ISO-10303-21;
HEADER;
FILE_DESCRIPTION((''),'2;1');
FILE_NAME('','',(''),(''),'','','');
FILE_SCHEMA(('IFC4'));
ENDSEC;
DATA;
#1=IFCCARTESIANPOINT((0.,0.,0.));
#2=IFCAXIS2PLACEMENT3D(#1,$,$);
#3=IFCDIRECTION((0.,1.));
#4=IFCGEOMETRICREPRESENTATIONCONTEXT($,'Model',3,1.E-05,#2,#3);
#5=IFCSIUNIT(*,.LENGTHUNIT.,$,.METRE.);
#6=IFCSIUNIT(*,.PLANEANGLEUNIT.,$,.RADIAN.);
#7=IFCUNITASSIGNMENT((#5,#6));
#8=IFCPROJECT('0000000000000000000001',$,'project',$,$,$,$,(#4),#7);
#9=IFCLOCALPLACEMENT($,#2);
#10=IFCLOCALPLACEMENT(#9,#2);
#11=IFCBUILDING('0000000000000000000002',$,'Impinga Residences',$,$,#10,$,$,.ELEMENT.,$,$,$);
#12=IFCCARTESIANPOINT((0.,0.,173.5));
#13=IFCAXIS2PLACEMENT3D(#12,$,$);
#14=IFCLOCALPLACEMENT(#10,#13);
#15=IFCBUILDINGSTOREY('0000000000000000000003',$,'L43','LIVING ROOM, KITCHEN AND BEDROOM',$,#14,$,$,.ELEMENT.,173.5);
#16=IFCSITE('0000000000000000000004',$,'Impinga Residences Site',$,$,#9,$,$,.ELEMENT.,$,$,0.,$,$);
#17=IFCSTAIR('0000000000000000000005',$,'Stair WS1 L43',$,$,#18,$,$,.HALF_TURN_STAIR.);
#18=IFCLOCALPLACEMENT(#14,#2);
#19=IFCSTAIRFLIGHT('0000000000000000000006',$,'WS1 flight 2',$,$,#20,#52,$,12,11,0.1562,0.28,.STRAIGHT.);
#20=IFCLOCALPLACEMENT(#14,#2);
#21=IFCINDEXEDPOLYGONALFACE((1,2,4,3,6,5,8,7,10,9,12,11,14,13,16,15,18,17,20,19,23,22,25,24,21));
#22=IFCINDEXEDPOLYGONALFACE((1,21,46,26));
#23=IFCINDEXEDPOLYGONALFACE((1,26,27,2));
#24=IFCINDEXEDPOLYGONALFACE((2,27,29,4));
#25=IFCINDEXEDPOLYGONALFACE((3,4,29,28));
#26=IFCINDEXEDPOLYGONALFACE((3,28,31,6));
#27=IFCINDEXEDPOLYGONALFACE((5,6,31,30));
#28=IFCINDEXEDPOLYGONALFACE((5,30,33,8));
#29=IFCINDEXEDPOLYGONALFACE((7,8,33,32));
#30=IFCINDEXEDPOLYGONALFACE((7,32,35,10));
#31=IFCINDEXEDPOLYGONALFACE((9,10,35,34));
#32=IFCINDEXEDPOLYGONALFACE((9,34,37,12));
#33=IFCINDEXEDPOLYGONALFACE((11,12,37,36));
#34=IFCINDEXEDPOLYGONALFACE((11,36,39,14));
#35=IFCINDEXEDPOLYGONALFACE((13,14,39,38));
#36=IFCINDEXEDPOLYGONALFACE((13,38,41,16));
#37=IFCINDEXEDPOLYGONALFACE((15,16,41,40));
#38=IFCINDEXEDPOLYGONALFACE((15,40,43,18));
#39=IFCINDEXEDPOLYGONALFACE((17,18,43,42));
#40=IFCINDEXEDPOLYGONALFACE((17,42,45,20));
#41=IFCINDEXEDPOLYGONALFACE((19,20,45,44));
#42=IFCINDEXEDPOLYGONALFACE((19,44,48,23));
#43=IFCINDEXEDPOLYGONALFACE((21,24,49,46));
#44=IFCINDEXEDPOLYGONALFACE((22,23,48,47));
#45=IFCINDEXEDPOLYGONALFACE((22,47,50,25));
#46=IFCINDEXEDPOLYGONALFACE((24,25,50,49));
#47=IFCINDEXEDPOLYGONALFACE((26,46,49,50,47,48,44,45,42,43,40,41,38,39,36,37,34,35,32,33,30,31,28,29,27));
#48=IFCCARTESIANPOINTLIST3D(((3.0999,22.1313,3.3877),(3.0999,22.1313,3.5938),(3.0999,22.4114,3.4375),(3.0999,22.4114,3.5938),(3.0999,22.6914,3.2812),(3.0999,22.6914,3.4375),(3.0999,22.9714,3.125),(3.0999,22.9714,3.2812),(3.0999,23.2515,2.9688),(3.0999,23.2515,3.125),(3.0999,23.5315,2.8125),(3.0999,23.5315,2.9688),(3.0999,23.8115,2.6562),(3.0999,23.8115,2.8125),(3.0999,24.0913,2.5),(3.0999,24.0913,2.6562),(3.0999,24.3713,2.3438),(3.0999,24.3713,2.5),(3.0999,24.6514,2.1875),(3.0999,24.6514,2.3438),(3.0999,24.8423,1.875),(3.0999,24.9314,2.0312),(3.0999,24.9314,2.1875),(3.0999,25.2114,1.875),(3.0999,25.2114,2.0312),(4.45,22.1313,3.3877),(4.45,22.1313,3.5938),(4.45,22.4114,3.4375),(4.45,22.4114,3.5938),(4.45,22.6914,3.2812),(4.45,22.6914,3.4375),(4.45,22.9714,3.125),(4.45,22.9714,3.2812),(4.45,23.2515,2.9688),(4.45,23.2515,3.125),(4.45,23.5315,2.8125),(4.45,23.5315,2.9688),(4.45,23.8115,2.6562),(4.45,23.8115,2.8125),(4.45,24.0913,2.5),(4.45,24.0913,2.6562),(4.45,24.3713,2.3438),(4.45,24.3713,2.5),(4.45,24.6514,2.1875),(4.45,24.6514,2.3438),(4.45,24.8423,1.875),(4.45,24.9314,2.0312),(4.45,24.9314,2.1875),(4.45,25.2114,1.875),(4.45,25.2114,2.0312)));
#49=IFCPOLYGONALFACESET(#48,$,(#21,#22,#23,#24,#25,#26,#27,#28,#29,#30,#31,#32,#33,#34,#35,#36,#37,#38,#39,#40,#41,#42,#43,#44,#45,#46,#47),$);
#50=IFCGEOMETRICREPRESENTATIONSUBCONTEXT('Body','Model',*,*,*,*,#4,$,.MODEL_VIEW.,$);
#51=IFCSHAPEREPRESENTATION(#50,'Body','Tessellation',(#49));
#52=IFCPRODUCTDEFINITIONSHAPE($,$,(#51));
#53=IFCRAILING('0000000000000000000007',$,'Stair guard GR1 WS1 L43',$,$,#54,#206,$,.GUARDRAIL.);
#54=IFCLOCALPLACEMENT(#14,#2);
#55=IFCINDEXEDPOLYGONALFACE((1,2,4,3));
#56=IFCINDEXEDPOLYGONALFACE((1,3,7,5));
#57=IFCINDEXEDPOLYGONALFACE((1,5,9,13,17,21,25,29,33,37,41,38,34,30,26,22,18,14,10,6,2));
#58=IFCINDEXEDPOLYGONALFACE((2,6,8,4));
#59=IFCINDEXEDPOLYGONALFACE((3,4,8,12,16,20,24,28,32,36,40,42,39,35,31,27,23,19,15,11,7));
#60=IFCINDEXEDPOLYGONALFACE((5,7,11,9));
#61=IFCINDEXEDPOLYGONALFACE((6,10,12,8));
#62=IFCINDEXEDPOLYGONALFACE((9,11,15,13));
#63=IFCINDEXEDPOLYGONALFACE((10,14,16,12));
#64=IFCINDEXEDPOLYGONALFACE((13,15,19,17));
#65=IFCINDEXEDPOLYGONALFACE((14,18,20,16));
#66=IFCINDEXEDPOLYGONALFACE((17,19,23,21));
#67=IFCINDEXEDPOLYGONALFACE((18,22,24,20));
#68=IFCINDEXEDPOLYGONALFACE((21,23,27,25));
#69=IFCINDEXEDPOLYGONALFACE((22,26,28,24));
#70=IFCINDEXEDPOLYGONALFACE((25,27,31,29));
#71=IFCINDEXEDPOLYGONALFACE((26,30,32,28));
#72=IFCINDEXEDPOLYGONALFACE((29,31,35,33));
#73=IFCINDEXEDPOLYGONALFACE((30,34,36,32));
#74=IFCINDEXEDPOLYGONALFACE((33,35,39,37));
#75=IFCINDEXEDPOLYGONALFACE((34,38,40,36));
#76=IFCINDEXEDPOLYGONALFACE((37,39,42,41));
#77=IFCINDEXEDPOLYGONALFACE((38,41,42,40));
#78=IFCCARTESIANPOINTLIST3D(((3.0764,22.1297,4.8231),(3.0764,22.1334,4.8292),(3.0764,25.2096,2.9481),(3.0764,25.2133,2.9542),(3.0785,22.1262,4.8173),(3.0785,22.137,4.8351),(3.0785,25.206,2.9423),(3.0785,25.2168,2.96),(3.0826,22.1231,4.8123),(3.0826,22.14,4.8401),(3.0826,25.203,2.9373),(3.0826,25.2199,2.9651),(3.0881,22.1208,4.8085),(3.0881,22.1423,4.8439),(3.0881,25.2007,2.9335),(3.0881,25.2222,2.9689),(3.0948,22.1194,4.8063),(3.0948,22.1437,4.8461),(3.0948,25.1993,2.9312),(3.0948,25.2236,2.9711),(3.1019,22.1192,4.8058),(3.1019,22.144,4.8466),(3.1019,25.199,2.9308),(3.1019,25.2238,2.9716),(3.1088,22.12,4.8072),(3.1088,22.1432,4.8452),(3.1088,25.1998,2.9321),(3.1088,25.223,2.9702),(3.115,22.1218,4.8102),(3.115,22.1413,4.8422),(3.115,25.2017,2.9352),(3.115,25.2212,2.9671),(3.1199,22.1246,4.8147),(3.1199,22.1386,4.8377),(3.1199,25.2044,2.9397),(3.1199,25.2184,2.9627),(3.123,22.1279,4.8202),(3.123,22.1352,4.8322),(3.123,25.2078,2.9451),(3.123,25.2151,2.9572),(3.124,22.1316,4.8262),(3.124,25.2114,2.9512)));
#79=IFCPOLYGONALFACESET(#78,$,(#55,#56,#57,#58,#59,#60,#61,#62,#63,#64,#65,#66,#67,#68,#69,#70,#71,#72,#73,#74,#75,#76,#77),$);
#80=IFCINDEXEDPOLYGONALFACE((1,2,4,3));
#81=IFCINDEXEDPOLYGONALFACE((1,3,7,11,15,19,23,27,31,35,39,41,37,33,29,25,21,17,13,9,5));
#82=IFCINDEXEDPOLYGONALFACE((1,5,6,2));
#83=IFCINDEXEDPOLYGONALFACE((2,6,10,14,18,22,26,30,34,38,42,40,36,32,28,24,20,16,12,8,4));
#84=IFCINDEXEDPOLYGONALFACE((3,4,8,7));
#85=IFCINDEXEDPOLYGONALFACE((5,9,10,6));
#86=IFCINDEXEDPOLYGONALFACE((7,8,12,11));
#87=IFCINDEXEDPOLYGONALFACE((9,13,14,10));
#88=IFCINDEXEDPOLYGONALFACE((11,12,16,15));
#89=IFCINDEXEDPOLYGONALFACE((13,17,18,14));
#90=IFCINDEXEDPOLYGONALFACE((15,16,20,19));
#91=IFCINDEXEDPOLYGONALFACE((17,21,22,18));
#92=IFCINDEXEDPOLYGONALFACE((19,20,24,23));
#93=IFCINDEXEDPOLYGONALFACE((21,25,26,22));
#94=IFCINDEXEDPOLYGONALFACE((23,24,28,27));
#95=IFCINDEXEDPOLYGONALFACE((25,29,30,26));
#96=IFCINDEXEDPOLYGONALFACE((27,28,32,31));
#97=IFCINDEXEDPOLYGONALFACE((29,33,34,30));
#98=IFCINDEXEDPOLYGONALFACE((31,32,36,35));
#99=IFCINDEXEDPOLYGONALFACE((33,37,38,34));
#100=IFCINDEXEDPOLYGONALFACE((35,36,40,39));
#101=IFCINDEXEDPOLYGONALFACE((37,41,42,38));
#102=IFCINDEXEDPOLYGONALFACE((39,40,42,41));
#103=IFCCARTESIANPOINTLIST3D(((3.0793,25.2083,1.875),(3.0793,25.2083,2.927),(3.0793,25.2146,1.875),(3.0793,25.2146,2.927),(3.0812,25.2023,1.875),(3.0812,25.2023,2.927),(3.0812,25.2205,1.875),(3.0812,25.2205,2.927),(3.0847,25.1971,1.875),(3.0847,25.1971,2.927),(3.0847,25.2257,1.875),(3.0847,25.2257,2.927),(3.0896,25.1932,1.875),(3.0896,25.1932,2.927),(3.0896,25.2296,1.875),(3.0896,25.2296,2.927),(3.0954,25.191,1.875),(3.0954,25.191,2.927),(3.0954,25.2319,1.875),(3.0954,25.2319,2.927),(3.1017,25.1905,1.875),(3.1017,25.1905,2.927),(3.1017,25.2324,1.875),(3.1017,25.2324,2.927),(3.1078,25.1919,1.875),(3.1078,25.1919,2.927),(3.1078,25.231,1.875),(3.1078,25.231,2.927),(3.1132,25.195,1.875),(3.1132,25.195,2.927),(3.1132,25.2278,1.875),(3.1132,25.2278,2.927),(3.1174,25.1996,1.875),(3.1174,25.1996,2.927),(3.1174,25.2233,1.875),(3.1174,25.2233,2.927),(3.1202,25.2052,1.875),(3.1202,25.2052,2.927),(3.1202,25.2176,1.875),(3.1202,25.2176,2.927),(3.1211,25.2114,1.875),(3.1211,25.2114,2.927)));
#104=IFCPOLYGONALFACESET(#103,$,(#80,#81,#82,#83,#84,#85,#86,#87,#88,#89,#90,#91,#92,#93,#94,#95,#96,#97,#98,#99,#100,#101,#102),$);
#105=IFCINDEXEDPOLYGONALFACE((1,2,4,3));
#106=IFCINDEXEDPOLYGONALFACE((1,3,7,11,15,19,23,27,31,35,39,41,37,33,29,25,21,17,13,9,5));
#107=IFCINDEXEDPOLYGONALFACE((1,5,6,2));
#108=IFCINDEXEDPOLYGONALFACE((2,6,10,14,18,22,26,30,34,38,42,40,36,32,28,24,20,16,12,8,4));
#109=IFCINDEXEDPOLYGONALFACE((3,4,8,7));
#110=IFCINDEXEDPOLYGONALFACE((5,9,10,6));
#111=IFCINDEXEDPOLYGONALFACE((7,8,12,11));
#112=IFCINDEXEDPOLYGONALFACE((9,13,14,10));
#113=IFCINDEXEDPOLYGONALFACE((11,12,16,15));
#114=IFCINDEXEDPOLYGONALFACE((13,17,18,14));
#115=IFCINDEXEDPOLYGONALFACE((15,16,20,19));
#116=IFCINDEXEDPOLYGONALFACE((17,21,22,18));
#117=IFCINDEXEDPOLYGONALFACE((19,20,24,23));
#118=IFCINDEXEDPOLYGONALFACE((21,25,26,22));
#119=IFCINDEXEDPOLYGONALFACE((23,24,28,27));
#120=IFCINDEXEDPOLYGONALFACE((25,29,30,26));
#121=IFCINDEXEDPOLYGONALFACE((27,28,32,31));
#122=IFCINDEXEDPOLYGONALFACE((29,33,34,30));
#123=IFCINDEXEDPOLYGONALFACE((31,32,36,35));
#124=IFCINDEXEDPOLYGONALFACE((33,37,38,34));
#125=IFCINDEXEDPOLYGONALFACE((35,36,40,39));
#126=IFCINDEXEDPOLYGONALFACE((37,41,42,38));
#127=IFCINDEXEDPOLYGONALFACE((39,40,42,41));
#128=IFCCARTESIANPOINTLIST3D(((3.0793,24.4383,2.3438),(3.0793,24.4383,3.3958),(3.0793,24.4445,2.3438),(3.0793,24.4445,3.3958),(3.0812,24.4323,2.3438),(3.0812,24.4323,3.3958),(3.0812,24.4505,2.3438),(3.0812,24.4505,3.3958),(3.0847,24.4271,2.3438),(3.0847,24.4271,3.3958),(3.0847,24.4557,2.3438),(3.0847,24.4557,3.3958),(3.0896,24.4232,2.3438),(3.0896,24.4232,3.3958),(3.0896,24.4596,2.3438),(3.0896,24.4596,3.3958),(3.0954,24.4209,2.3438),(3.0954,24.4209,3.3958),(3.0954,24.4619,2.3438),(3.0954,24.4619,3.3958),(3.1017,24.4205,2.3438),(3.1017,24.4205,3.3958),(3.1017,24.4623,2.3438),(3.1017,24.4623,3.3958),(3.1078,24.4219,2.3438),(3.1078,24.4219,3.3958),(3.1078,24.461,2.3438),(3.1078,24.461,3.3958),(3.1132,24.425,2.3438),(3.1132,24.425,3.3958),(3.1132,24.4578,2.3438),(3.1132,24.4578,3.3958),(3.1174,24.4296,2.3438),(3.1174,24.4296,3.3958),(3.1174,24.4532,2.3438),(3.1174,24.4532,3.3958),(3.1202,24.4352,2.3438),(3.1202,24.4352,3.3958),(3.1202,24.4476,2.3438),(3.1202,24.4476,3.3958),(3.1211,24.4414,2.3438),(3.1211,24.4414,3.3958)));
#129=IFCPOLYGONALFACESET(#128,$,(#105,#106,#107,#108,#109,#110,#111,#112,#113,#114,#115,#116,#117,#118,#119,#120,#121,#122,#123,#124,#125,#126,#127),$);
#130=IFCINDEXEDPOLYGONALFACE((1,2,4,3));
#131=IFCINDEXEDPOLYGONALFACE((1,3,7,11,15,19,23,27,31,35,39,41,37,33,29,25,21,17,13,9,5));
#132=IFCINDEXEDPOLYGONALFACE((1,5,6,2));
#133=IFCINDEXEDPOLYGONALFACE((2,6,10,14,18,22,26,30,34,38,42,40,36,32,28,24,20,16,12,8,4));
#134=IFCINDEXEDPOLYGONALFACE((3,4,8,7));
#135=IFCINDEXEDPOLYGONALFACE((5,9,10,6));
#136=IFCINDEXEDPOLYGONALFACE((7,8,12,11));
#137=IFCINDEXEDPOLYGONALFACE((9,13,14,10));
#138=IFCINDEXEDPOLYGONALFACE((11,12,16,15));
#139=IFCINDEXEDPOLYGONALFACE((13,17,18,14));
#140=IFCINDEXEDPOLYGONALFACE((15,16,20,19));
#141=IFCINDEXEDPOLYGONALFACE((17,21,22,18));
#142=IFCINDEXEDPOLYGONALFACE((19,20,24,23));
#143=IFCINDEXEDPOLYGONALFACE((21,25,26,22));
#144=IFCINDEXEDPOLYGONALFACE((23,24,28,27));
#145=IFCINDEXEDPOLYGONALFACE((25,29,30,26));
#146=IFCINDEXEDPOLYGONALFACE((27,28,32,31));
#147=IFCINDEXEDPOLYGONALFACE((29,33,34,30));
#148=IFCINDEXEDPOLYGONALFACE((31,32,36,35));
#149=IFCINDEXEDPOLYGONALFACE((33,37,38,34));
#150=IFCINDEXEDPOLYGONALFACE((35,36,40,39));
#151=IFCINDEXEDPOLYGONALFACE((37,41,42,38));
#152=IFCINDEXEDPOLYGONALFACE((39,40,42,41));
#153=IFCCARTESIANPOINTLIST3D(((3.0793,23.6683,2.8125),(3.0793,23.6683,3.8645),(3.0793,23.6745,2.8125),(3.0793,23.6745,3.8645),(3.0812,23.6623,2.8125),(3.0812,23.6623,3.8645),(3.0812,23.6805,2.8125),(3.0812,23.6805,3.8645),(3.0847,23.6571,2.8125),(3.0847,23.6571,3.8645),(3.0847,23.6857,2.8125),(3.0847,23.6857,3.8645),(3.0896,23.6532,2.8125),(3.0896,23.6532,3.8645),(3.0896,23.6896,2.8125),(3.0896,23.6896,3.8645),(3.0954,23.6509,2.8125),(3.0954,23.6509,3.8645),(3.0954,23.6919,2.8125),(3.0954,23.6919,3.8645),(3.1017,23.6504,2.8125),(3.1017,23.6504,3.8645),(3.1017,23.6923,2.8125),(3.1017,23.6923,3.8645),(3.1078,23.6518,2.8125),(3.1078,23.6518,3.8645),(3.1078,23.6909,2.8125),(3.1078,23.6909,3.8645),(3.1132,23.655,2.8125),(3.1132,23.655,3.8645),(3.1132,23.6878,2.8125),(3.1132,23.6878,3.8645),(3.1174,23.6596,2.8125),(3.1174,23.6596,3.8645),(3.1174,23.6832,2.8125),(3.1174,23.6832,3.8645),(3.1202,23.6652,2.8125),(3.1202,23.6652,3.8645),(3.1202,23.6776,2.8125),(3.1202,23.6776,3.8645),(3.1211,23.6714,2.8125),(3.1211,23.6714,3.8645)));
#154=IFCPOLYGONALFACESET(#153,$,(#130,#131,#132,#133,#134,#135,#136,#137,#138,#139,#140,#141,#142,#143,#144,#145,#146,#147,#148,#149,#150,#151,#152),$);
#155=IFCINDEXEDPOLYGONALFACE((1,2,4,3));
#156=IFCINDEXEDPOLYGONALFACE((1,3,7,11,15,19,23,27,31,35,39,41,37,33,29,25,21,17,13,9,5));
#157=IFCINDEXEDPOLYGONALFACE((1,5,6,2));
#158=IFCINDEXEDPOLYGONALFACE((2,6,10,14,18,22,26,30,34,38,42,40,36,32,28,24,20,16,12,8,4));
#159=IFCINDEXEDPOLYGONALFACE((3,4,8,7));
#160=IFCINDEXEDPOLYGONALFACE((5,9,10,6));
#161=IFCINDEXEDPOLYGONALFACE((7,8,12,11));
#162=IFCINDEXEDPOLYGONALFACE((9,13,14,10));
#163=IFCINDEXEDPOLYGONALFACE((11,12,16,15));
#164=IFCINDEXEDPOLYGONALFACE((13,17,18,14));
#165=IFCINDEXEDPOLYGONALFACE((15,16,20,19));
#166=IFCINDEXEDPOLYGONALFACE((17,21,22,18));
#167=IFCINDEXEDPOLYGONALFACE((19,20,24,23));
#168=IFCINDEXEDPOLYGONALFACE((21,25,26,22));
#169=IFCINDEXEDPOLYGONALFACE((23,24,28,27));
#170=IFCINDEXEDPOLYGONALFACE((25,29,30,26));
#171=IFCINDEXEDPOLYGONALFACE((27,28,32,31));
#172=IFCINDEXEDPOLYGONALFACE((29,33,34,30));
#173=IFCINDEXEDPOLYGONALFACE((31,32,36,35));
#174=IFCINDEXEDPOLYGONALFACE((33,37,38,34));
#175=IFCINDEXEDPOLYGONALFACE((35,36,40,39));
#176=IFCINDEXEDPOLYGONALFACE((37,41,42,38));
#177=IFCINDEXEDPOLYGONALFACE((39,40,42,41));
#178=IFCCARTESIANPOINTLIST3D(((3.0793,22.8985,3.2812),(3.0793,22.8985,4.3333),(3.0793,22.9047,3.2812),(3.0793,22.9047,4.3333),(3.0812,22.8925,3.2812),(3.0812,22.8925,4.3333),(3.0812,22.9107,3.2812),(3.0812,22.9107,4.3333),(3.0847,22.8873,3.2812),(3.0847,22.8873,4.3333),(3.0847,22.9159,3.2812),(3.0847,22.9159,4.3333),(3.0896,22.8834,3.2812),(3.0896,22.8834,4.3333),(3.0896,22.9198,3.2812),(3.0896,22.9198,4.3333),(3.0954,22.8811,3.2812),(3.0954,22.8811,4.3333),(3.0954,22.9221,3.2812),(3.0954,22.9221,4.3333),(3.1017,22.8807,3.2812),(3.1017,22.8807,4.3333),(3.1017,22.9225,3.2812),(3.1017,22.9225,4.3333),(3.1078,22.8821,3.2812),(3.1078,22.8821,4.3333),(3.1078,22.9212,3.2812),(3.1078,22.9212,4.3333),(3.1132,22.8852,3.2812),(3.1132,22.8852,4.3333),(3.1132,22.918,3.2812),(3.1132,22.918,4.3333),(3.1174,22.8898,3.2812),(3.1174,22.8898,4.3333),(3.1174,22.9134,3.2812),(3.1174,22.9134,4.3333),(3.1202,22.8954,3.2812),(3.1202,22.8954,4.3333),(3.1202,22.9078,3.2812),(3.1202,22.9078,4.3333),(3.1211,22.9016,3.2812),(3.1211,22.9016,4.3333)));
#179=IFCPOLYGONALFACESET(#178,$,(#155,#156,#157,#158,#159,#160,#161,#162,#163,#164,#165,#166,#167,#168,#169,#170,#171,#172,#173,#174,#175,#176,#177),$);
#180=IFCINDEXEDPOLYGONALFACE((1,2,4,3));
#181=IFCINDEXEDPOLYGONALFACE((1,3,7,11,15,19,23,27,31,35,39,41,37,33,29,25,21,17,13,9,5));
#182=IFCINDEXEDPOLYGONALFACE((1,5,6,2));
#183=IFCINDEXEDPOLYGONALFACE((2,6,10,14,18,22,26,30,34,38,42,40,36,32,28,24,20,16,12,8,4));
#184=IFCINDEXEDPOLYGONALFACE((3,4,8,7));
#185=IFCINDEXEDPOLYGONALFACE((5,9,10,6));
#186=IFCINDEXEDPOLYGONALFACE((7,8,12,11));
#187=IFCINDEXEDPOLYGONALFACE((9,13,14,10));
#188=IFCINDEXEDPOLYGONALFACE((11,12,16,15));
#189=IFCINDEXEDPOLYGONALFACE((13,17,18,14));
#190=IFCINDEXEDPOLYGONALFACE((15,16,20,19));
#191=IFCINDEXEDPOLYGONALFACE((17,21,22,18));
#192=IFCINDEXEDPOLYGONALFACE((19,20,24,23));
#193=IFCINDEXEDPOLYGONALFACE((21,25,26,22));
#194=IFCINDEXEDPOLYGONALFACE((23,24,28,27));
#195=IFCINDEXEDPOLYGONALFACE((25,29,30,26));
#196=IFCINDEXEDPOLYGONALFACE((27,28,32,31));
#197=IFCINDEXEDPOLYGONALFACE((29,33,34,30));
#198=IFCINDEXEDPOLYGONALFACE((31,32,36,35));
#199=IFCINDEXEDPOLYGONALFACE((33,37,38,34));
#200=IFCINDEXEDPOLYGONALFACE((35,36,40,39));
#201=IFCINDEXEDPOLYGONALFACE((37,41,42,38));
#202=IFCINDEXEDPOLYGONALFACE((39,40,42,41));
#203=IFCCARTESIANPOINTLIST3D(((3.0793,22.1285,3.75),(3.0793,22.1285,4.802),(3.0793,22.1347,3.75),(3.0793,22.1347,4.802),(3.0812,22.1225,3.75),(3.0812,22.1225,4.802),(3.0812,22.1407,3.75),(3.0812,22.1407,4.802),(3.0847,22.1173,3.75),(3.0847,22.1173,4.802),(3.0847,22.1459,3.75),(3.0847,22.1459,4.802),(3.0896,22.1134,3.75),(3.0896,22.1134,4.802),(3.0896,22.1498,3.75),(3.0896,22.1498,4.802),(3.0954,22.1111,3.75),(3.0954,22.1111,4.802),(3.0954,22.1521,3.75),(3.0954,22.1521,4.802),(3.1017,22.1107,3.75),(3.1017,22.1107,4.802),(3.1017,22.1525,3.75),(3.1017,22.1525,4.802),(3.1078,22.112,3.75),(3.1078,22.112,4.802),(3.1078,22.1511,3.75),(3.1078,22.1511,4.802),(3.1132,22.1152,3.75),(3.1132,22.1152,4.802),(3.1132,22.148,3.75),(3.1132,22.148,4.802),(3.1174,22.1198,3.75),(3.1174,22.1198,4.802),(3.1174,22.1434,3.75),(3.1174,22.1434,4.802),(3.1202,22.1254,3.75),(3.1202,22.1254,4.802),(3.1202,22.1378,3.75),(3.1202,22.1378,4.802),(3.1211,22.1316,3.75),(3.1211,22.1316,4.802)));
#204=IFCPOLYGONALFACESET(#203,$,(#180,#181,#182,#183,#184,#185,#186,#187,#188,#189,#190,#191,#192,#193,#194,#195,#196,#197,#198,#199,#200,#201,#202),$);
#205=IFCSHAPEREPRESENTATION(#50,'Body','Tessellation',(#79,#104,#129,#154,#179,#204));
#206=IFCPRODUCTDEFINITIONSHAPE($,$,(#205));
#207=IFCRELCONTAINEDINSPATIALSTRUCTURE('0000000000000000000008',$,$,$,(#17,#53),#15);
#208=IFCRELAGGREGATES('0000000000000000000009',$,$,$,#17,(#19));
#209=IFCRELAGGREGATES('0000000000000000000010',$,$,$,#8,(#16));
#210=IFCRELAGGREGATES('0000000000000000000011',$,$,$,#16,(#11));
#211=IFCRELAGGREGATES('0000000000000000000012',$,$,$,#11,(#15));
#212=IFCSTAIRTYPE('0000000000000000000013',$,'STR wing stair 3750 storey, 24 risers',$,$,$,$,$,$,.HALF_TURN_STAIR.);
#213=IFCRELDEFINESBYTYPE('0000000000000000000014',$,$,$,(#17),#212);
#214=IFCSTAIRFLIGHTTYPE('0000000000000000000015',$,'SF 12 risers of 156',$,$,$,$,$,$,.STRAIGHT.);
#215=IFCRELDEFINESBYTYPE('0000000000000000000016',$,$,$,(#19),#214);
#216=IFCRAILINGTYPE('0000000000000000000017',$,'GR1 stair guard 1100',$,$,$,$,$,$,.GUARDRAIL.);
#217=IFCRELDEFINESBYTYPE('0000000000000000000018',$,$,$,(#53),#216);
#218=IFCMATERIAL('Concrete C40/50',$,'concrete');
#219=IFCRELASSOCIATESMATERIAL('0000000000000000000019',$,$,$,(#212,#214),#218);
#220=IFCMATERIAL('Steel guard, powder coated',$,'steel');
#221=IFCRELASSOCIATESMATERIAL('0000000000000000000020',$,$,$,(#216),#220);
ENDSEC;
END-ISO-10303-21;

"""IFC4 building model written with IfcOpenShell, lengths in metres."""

from ifc_helpers import new_model, si_unit, direction, frame, origin, origin_2d, place, context, subcontext, project, spatial, polyline, circle, outline, extrude, material, type_object, element, aggregate, save


model = new_model("IFC4")

# Units and contexts
model_context = context("Model", 3, precision=1e-05, world=origin(), true_north=direction((0.0, 1.0)))
body_context = subcontext(model_context, "Body", "Model", "MODEL_VIEW")
ifc_project = project(units=[si_unit("LENGTHUNIT", "METRE"), si_unit("PLANEANGLEUNIT", "RADIAN")], contexts=[model_context])

# Site, building, storey
site_placement = place(None, origin())
site = spatial("IfcSite", under=ifc_project, at=site_placement, Name="Impinga Residences Site", CompositionType="ELEMENT", RefElevation=0.0)
building_placement = place(site_placement, origin())
building = spatial("IfcBuilding", under=site, at=building_placement, Name="Impinga Residences", CompositionType="ELEMENT")
storey_placement = place(building_placement, frame((0.0, 0.0, 173.5)))
storey = spatial("IfcBuildingStorey", under=building, at=storey_placement, Name="L43", Description="LIVING ROOM, KITCHEN AND BEDROOM", CompositionType="ELEMENT", Elevation=173.5)

# Stair, stair flight
ifc_material_1 = material(Name="Concrete C40/50", Category="concrete")
stair_type = type_object("IfcStairType", Name="STR wing stair 3750 storey, 24 risers", PredefinedType="HALF_TURN_STAIR", material=ifc_material_1)
stair_placement = place(storey_placement, origin())
stair = element("IfcStair", 1, at=stair_placement, inside=storey, type_object=stair_type, Name="Stair WS1 L43", PredefinedType="HALF_TURN_STAIR")
stair_flight_type = type_object("IfcStairFlightType", Name="SF 12 risers of 156", PredefinedType="STRAIGHT", material=ifc_material_1)
stair_flight_1_placement = place(storey_placement, frame((3.7749, 25.2114, 1.875), z_axis=(0.0, 0.0, 1.0), x_axis=(0.0, -1.0, 0.0)))
stair_flight_1 = element("IfcStairFlight", 2, at=stair_flight_1_placement, type_object=stair_flight_type, Name="WS1 flight 2", NumberOfRisers=12, NumberOfTreads=11, PredefinedType="STRAIGHT", RiserHeight=0.1562, TreadLength=0.28, context=body_context, shape_type="SweptSolid", body=[
    extrude(outline(polyline([(0.0, 0.0), (0.0, 0.1562), (0.28, 0.1562), (0.28, 0.3125), (0.5601, 0.3125), (0.5601, 0.4688), (0.8401, 0.4688), (0.8401, 0.625), (1.1201, 0.625), (1.1201, 0.7812), (1.3999, 0.7812), (1.3999, 0.9375), (1.6799, 0.9375), (1.6799, 1.0938), (1.96, 1.0938), (1.96, 1.25), (2.24, 1.25), (2.24, 1.4062), (2.52, 1.4062), (2.52, 1.5625), (2.8, 1.5625), (2.8, 1.7188), (3.0801, 1.7188), (3.0801, 1.875), (3.0801, 1.5127), (0.3691, 0.0), (0.0, 0.0)])), frame((0.0, 0.675, 0.0), z_axis=(0.0, -1.0, 0.0), x_axis=(1.0, 0.0, 0.0)), (0.0, 0.0, 1.0), 1.3501),
])
aggregate(stair, [stair_flight_1])

# Railing
ifc_material_2 = material(Name="Steel guard, powder coated", Category="steel")
railing_type_1 = type_object("IfcRailingType", Name="GR1 stair guard 1100", PredefinedType="GUARDRAIL", material=ifc_material_2)
railing_1_placement = place(storey_placement, frame((3.1001, 25.2114, 1.875)))
element("IfcRailing", 3, at=railing_1_placement, inside=storey, type_object=railing_type_1, Name="Stair guard GR1 WS1 L43", PredefinedType="GUARDRAIL", context=body_context, shape_type="SweptSolid", body=[
    extrude(circle(Radius=0.0239, at=origin_2d()), frame((0.0, 0.0, 1.0762), z_axis=(0.0, -0.854159, 0.520011), x_axis=(1.0, 0.0, 0.0)), (0.0, 0.0, 1.0), 3.6057),
    extrude(circle(Radius=0.021, at=origin_2d()), origin(), (0.0, 0.0, 1.0), 1.052),
    extrude(circle(Radius=0.021, at=origin_2d()), frame((0.0, -0.77, 0.4688)), (0.0, 0.0, 1.0), 1.052),
    extrude(circle(Radius=0.021, at=origin_2d()), frame((0.0, -1.54, 0.9375)), (0.0, 0.0, 1.0), 1.052),
    extrude(circle(Radius=0.021, at=origin_2d()), frame((0.0, -2.3098, 1.4062)), (0.0, 0.0, 1.0), 1.052),
    extrude(circle(Radius=0.021, at=origin_2d()), frame((0.0, -3.0798, 1.875)), (0.0, 0.0, 1.0), 1.052),
])

save(model, "model.ifc")
